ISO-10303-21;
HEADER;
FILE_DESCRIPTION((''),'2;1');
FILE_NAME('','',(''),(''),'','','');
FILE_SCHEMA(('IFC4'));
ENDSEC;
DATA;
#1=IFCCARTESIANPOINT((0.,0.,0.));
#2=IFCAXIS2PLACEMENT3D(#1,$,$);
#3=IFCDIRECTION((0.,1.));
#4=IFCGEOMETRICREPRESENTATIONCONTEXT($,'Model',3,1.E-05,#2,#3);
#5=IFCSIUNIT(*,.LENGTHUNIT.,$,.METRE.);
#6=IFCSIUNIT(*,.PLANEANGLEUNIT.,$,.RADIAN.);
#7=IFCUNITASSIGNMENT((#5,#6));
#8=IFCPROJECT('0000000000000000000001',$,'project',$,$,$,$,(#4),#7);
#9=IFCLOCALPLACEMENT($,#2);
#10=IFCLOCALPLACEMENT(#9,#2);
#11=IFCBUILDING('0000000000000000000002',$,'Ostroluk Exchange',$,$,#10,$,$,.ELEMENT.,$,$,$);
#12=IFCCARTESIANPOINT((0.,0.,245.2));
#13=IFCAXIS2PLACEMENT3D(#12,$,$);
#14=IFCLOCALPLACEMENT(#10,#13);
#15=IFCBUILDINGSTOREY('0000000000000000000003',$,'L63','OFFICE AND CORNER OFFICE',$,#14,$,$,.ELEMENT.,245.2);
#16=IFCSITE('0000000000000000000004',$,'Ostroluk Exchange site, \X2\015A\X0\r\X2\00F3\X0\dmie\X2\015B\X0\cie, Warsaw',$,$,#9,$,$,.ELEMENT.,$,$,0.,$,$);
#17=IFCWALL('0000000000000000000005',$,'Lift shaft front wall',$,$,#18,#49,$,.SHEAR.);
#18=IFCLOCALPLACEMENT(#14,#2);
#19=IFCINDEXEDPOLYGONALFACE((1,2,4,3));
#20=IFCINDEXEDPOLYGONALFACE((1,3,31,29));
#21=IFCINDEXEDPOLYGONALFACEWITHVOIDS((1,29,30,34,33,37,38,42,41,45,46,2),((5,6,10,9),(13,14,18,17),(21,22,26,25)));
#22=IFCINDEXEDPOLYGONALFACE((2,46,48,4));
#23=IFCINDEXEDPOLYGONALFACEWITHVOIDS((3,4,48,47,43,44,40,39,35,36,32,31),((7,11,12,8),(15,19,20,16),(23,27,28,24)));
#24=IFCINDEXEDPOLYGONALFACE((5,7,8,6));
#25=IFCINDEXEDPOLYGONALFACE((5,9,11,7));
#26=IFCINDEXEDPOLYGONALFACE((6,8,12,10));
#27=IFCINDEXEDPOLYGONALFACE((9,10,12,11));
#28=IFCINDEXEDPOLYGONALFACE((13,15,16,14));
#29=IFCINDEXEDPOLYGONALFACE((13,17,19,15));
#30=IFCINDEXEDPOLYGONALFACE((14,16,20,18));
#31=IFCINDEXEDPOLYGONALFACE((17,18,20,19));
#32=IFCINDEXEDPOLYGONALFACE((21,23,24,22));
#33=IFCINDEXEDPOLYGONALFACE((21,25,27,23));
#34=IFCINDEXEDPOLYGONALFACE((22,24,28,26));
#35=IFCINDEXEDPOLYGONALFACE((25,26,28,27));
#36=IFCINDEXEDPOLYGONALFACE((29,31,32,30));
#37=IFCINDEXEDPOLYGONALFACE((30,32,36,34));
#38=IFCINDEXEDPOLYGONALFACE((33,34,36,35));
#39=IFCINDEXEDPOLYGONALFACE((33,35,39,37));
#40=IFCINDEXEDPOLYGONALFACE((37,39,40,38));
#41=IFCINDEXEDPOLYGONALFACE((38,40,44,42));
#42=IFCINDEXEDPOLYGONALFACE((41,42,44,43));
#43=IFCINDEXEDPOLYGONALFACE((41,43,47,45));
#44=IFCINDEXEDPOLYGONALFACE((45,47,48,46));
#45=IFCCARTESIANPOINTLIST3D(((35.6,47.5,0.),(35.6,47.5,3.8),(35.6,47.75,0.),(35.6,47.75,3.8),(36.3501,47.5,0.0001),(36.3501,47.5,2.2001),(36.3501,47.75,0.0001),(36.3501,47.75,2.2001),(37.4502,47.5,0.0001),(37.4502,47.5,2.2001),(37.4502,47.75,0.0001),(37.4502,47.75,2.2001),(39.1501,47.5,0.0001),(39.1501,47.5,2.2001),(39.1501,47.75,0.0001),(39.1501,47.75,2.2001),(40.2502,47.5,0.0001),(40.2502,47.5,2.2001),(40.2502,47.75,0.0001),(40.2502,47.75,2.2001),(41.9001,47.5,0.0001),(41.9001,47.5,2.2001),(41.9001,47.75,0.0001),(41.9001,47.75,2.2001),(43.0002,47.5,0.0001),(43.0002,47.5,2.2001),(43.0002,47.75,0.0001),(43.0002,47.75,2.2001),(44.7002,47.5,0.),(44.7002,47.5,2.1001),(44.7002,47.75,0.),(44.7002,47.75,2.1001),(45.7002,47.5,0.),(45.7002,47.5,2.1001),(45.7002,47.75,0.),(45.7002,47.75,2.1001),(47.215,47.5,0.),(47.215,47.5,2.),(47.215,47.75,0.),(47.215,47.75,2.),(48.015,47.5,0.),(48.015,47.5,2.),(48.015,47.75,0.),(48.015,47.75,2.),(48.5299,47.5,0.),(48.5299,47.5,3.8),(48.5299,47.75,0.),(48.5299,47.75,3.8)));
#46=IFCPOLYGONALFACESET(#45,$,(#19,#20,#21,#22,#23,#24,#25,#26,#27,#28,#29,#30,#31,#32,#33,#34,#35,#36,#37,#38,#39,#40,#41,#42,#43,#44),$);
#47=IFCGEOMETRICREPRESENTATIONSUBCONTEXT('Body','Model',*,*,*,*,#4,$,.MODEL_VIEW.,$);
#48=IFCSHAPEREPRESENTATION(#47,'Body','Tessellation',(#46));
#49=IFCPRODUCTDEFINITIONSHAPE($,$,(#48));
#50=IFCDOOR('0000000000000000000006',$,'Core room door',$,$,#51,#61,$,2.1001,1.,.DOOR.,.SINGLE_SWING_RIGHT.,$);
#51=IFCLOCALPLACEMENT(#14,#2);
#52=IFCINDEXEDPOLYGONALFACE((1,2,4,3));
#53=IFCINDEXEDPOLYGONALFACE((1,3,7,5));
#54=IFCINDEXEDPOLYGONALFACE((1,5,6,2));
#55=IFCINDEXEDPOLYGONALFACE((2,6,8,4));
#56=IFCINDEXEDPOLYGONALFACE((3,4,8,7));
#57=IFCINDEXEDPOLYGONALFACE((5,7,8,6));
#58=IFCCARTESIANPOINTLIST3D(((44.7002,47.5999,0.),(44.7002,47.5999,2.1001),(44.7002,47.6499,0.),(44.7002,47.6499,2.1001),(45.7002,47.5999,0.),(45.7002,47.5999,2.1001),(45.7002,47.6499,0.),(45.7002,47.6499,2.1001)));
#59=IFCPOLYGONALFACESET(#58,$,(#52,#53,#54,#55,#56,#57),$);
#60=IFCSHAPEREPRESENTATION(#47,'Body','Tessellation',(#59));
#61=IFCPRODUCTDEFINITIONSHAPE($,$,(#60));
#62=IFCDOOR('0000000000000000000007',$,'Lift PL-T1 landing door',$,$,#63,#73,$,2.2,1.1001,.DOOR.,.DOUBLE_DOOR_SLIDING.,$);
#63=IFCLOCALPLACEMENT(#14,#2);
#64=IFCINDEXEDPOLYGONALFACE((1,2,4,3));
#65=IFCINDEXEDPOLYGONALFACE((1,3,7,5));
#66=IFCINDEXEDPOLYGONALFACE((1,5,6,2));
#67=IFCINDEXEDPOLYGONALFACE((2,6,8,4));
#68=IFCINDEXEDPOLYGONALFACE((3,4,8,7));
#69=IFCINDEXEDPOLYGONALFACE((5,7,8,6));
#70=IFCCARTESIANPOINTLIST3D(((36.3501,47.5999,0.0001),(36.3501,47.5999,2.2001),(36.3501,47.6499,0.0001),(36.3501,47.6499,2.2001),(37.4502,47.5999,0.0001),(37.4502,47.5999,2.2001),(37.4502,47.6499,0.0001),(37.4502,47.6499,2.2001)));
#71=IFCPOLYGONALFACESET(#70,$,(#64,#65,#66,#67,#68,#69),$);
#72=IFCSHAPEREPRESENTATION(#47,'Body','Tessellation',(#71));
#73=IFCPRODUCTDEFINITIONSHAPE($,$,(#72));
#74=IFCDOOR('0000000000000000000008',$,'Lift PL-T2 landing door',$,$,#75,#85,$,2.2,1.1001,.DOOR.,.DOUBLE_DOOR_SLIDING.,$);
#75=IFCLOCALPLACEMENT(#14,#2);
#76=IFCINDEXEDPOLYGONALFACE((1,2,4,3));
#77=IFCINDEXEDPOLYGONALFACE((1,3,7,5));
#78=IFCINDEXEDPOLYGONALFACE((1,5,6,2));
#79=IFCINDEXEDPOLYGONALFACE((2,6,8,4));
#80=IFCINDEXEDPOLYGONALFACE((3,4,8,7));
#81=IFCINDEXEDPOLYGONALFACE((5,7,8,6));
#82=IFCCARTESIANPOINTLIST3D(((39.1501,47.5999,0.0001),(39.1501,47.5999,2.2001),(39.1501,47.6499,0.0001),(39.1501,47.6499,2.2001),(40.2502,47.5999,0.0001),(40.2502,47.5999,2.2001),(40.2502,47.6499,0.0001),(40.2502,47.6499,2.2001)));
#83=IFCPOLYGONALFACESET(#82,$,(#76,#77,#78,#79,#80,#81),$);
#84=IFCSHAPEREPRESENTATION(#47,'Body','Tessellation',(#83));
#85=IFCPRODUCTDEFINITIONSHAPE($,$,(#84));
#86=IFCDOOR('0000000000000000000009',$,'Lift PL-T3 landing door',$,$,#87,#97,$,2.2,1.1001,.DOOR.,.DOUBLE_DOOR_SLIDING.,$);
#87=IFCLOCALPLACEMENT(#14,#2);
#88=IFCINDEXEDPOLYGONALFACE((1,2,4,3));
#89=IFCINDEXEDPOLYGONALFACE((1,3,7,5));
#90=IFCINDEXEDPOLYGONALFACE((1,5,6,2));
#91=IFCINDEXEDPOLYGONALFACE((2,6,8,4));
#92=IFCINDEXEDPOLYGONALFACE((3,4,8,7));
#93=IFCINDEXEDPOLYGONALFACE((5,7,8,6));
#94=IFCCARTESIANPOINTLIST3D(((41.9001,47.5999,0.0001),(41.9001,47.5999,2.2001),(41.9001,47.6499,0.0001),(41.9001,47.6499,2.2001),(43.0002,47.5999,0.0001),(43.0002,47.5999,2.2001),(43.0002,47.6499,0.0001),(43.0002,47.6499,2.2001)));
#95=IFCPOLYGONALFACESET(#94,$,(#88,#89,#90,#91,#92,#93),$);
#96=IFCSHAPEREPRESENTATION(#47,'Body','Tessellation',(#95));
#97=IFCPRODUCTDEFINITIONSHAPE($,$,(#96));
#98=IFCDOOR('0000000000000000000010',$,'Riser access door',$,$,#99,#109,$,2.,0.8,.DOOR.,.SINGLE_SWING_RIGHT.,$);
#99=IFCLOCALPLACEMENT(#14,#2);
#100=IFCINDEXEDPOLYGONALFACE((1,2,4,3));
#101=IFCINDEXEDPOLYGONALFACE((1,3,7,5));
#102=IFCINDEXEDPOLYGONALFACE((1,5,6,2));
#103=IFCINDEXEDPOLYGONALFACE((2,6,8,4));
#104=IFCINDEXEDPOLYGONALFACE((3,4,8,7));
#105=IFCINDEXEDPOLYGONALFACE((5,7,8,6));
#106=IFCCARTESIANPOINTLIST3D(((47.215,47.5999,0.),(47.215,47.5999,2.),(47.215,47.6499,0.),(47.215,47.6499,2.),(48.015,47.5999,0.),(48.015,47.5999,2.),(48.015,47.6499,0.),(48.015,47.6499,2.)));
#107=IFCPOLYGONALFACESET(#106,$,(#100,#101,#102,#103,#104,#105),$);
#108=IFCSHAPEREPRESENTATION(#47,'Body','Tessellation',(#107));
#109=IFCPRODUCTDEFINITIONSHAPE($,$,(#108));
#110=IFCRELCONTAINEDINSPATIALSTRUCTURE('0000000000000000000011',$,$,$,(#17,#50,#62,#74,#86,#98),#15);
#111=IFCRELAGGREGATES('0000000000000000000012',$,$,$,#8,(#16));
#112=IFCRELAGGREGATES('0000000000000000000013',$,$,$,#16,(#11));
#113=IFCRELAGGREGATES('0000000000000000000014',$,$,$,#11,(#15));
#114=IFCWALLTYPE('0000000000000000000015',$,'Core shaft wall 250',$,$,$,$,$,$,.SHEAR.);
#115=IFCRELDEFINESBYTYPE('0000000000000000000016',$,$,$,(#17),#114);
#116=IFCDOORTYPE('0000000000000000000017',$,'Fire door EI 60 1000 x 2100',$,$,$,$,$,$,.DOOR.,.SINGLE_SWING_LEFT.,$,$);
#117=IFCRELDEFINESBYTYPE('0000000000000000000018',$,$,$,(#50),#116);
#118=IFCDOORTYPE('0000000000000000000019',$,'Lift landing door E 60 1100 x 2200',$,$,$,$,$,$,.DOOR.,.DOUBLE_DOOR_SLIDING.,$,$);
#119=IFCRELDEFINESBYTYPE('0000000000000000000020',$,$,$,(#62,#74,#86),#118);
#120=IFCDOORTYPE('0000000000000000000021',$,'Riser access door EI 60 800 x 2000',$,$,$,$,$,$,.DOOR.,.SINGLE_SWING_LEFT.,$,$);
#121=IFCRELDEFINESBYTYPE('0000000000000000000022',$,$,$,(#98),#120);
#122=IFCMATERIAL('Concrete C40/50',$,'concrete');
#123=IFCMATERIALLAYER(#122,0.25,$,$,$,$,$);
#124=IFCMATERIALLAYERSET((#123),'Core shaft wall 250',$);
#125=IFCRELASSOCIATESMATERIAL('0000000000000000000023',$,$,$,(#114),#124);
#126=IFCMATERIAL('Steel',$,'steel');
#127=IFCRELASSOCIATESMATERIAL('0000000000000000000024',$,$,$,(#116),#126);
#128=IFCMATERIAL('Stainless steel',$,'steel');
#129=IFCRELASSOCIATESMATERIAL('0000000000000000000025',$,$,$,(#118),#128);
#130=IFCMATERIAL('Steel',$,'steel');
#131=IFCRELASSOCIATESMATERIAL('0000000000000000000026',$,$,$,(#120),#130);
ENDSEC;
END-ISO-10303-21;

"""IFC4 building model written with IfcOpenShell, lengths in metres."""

from ifc_helpers import new_model, si_unit, direction, frame, frame_2d, origin, place, context, subcontext, project, spatial, rectangle, extrude, material, layer, layer_set, type_object, element, fill, save


model = new_model("IFC4")

# Units and contexts
model_context = context("Model", 3, precision=1e-05, world=origin(), true_north=direction((0.0, 1.0)))
body_context = subcontext(model_context, "Body", "Model", "MODEL_VIEW")
ifc_project = project(units=[si_unit("LENGTHUNIT", "METRE"), si_unit("PLANEANGLEUNIT", "RADIAN")], contexts=[model_context])

# Site, building, storey
site_placement = place(None, origin())
site = spatial("IfcSite", under=ifc_project, at=site_placement, Name="Ostroluk Exchange site, Śródmieście, Warsaw", CompositionType="ELEMENT", RefElevation=0.0)
building_placement = place(site_placement, origin())
building = spatial("IfcBuilding", under=site, at=building_placement, Name="Ostroluk Exchange", CompositionType="ELEMENT")
storey_placement = place(building_placement, frame((0.0, 0.0, 245.2)))
storey = spatial("IfcBuildingStorey", under=building, at=storey_placement, Name="L63", Description="OFFICE AND CORNER OFFICE", CompositionType="ELEMENT", Elevation=245.2)

# Wall, openings, doors
ifc_material_1 = material(Name="Concrete C40/50", Category="concrete")
ifc_layer_1 = layer(ifc_material_1, 0.25)
ifc_layer_set_1 = layer_set([ifc_layer_1], Name="Core shaft wall 250")
wall_type_1 = type_object("IfcWallType", Name="Core shaft wall 250", PredefinedType="SHEAR", material=ifc_layer_set_1)
wall_1_placement = place(storey_placement, frame((35.6001, 47.625, 0.0), z_axis=(0.0, 0.0, 1.0), x_axis=(1.0, 0.0, 0.0)))
wall_1 = element("IfcWall", 1, at=wall_1_placement, inside=storey, type_object=wall_type_1, Name="Lift shaft front wall", PredefinedType="SHEAR", context=body_context, shape_type="SweptSolid", body=[
    extrude(rectangle(XDim=12.9299, YDim=0.25, at=frame_2d((6.4648, 0.0))), origin(), (0.0, 0.0, 1.0), 3.8),
])
opening_1_placement = place(wall_1_placement, frame((0.75, 0.0, 0.0)))
opening_1 = element("IfcOpeningElement", 2, at=opening_1_placement, cuts=wall_1, PredefinedType="OPENING", context=body_context, shape_type="SweptSolid", body=[
    extrude(rectangle(XDim=1.1001, YDim=2.2, at=frame_2d((0.55, 1.1001))), frame((0.0, 0.135, 0.0), z_axis=(0.0, -1.0, 0.0), x_axis=(1.0, 0.0, 0.0)), (0.0, 0.0, 1.0), 0.27),
])
opening_2_placement = place(wall_1_placement, frame((3.55, 0.0, 0.0)))
opening_2 = element("IfcOpeningElement", 3, at=opening_2_placement, cuts=wall_1, PredefinedType="OPENING", context=body_context, shape_type="SweptSolid", body=[
    extrude(rectangle(XDim=1.1001, YDim=2.2, at=frame_2d((0.55, 1.1001))), frame((0.0, 0.135, 0.0), z_axis=(0.0, -1.0, 0.0), x_axis=(1.0, 0.0, 0.0)), (0.0, 0.0, 1.0), 0.27),
])
opening_3_placement = place(wall_1_placement, frame((6.3, 0.0, 0.0)))
opening_3 = element("IfcOpeningElement", 4, at=opening_3_placement, cuts=wall_1, PredefinedType="OPENING", context=body_context, shape_type="SweptSolid", body=[
    extrude(rectangle(XDim=1.1001, YDim=2.2, at=frame_2d((0.55, 1.1001))), frame((0.0, 0.135, 0.0), z_axis=(0.0, -1.0, 0.0), x_axis=(1.0, 0.0, 0.0)), (0.0, 0.0, 1.0), 0.27),
])
opening_4_placement = place(wall_1_placement, frame((9.1001, 0.0, 0.0)))
opening_4 = element("IfcOpeningElement", 5, at=opening_4_placement, cuts=wall_1, PredefinedType="OPENING", context=body_context, shape_type="SweptSolid", body=[
    extrude(rectangle(XDim=1.0, YDim=2.1001, at=frame_2d((0.5, 1.05))), frame((0.0, 0.135, 0.0), z_axis=(0.0, -1.0, 0.0), x_axis=(1.0, 0.0, 0.0)), (0.0, 0.0, 1.0), 0.27),
])
opening_5_placement = place(wall_1_placement, frame((11.615, 0.0, 0.0)))
opening_5 = element("IfcOpeningElement", 6, at=opening_5_placement, cuts=wall_1, PredefinedType="OPENING", context=body_context, shape_type="SweptSolid", body=[
    extrude(rectangle(XDim=0.8, YDim=2.0, at=frame_2d((0.3999, 1.0))), frame((0.0, 0.135, 0.0), z_axis=(0.0, -1.0, 0.0), x_axis=(1.0, 0.0, 0.0)), (0.0, 0.0, 1.0), 0.27),
])
ifc_material_2 = material(Name="Steel", Category="steel")
door_type_1 = type_object("IfcDoorType", Name="Fire door EI 60 1000 x 2100", OperationType="SINGLE_SWING_LEFT", PredefinedType="DOOR", material=ifc_material_2)
door_1_placement = place(opening_4_placement, origin())
door_1 = element("IfcDoor", 7, at=door_1_placement, inside=storey, type_object=door_type_1, Name="Core room door", OperationType="SINGLE_SWING_RIGHT", OverallHeight=2.1001, OverallWidth=1.0, PredefinedType="DOOR", context=body_context, shape_type="SweptSolid", body=[
    extrude(rectangle(XDim=1.0, YDim=2.1001, at=frame_2d((0.5, 1.05))), frame((0.0, 0.0249, 0.0), z_axis=(0.0, -1.0, 0.0), x_axis=(1.0, 0.0, 0.0)), (0.0, 0.0, 1.0), 0.05),
])
fill(opening_4, door_1)
ifc_material_3 = material(Name="Stainless steel", Category="steel")
door_type_2 = type_object("IfcDoorType", Name="Lift landing door E 60 1100 x 2200", OperationType="DOUBLE_DOOR_SLIDING", PredefinedType="DOOR", material=ifc_material_3)
door_2_placement = place(opening_1_placement, origin())
door_2 = element("IfcDoor", 8, at=door_2_placement, inside=storey, type_object=door_type_2, Name="Lift PL-T1 landing door", OperationType="DOUBLE_DOOR_SLIDING", OverallHeight=2.2, OverallWidth=1.1001, PredefinedType="DOOR", context=body_context, shape_type="SweptSolid", body=[
    extrude(rectangle(XDim=1.1001, YDim=2.2, at=frame_2d((0.55, 1.1001))), frame((0.0, 0.0249, 0.0), z_axis=(0.0, -1.0, 0.0), x_axis=(1.0, 0.0, 0.0)), (0.0, 0.0, 1.0), 0.05),
])
fill(opening_1, door_2)
door_3_placement = place(opening_2_placement, origin())
door_3 = element("IfcDoor", 9, at=door_3_placement, inside=storey, type_object=door_type_2, Name="Lift PL-T2 landing door", OperationType="DOUBLE_DOOR_SLIDING", OverallHeight=2.2, OverallWidth=1.1001, PredefinedType="DOOR", context=body_context, shape_type="SweptSolid", body=[
    extrude(rectangle(XDim=1.1001, YDim=2.2, at=frame_2d((0.55, 1.1001))), frame((0.0, 0.0249, 0.0), z_axis=(0.0, -1.0, 0.0), x_axis=(1.0, 0.0, 0.0)), (0.0, 0.0, 1.0), 0.05),
])
fill(opening_2, door_3)
door_4_placement = place(opening_3_placement, origin())
door_4 = element("IfcDoor", 10, at=door_4_placement, inside=storey, type_object=door_type_2, Name="Lift PL-T3 landing door", OperationType="DOUBLE_DOOR_SLIDING", OverallHeight=2.2, OverallWidth=1.1001, PredefinedType="DOOR", context=body_context, shape_type="SweptSolid", body=[
    extrude(rectangle(XDim=1.1001, YDim=2.2, at=frame_2d((0.55, 1.1001))), frame((0.0, 0.0249, 0.0), z_axis=(0.0, -1.0, 0.0), x_axis=(1.0, 0.0, 0.0)), (0.0, 0.0, 1.0), 0.05),
])
fill(opening_3, door_4)
ifc_material_4 = material(Name="Steel", Category="steel")
door_type_3 = type_object("IfcDoorType", Name="Riser access door EI 60 800 x 2000", OperationType="SINGLE_SWING_LEFT", PredefinedType="DOOR", material=ifc_material_4)
door_5_placement = place(opening_5_placement, origin())
door_5 = element("IfcDoor", 11, at=door_5_placement, inside=storey, type_object=door_type_3, Name="Riser access door", OperationType="SINGLE_SWING_RIGHT", OverallHeight=2.0, OverallWidth=0.8, PredefinedType="DOOR", context=body_context, shape_type="SweptSolid", body=[
    extrude(rectangle(XDim=0.8, YDim=2.0, at=frame_2d((0.3999, 1.0))), frame((0.0, 0.0249, 0.0), z_axis=(0.0, -1.0, 0.0), x_axis=(1.0, 0.0, 0.0)), (0.0, 0.0, 1.0), 0.05),
])
fill(opening_5, door_5)

save(model, "model.ifc")
